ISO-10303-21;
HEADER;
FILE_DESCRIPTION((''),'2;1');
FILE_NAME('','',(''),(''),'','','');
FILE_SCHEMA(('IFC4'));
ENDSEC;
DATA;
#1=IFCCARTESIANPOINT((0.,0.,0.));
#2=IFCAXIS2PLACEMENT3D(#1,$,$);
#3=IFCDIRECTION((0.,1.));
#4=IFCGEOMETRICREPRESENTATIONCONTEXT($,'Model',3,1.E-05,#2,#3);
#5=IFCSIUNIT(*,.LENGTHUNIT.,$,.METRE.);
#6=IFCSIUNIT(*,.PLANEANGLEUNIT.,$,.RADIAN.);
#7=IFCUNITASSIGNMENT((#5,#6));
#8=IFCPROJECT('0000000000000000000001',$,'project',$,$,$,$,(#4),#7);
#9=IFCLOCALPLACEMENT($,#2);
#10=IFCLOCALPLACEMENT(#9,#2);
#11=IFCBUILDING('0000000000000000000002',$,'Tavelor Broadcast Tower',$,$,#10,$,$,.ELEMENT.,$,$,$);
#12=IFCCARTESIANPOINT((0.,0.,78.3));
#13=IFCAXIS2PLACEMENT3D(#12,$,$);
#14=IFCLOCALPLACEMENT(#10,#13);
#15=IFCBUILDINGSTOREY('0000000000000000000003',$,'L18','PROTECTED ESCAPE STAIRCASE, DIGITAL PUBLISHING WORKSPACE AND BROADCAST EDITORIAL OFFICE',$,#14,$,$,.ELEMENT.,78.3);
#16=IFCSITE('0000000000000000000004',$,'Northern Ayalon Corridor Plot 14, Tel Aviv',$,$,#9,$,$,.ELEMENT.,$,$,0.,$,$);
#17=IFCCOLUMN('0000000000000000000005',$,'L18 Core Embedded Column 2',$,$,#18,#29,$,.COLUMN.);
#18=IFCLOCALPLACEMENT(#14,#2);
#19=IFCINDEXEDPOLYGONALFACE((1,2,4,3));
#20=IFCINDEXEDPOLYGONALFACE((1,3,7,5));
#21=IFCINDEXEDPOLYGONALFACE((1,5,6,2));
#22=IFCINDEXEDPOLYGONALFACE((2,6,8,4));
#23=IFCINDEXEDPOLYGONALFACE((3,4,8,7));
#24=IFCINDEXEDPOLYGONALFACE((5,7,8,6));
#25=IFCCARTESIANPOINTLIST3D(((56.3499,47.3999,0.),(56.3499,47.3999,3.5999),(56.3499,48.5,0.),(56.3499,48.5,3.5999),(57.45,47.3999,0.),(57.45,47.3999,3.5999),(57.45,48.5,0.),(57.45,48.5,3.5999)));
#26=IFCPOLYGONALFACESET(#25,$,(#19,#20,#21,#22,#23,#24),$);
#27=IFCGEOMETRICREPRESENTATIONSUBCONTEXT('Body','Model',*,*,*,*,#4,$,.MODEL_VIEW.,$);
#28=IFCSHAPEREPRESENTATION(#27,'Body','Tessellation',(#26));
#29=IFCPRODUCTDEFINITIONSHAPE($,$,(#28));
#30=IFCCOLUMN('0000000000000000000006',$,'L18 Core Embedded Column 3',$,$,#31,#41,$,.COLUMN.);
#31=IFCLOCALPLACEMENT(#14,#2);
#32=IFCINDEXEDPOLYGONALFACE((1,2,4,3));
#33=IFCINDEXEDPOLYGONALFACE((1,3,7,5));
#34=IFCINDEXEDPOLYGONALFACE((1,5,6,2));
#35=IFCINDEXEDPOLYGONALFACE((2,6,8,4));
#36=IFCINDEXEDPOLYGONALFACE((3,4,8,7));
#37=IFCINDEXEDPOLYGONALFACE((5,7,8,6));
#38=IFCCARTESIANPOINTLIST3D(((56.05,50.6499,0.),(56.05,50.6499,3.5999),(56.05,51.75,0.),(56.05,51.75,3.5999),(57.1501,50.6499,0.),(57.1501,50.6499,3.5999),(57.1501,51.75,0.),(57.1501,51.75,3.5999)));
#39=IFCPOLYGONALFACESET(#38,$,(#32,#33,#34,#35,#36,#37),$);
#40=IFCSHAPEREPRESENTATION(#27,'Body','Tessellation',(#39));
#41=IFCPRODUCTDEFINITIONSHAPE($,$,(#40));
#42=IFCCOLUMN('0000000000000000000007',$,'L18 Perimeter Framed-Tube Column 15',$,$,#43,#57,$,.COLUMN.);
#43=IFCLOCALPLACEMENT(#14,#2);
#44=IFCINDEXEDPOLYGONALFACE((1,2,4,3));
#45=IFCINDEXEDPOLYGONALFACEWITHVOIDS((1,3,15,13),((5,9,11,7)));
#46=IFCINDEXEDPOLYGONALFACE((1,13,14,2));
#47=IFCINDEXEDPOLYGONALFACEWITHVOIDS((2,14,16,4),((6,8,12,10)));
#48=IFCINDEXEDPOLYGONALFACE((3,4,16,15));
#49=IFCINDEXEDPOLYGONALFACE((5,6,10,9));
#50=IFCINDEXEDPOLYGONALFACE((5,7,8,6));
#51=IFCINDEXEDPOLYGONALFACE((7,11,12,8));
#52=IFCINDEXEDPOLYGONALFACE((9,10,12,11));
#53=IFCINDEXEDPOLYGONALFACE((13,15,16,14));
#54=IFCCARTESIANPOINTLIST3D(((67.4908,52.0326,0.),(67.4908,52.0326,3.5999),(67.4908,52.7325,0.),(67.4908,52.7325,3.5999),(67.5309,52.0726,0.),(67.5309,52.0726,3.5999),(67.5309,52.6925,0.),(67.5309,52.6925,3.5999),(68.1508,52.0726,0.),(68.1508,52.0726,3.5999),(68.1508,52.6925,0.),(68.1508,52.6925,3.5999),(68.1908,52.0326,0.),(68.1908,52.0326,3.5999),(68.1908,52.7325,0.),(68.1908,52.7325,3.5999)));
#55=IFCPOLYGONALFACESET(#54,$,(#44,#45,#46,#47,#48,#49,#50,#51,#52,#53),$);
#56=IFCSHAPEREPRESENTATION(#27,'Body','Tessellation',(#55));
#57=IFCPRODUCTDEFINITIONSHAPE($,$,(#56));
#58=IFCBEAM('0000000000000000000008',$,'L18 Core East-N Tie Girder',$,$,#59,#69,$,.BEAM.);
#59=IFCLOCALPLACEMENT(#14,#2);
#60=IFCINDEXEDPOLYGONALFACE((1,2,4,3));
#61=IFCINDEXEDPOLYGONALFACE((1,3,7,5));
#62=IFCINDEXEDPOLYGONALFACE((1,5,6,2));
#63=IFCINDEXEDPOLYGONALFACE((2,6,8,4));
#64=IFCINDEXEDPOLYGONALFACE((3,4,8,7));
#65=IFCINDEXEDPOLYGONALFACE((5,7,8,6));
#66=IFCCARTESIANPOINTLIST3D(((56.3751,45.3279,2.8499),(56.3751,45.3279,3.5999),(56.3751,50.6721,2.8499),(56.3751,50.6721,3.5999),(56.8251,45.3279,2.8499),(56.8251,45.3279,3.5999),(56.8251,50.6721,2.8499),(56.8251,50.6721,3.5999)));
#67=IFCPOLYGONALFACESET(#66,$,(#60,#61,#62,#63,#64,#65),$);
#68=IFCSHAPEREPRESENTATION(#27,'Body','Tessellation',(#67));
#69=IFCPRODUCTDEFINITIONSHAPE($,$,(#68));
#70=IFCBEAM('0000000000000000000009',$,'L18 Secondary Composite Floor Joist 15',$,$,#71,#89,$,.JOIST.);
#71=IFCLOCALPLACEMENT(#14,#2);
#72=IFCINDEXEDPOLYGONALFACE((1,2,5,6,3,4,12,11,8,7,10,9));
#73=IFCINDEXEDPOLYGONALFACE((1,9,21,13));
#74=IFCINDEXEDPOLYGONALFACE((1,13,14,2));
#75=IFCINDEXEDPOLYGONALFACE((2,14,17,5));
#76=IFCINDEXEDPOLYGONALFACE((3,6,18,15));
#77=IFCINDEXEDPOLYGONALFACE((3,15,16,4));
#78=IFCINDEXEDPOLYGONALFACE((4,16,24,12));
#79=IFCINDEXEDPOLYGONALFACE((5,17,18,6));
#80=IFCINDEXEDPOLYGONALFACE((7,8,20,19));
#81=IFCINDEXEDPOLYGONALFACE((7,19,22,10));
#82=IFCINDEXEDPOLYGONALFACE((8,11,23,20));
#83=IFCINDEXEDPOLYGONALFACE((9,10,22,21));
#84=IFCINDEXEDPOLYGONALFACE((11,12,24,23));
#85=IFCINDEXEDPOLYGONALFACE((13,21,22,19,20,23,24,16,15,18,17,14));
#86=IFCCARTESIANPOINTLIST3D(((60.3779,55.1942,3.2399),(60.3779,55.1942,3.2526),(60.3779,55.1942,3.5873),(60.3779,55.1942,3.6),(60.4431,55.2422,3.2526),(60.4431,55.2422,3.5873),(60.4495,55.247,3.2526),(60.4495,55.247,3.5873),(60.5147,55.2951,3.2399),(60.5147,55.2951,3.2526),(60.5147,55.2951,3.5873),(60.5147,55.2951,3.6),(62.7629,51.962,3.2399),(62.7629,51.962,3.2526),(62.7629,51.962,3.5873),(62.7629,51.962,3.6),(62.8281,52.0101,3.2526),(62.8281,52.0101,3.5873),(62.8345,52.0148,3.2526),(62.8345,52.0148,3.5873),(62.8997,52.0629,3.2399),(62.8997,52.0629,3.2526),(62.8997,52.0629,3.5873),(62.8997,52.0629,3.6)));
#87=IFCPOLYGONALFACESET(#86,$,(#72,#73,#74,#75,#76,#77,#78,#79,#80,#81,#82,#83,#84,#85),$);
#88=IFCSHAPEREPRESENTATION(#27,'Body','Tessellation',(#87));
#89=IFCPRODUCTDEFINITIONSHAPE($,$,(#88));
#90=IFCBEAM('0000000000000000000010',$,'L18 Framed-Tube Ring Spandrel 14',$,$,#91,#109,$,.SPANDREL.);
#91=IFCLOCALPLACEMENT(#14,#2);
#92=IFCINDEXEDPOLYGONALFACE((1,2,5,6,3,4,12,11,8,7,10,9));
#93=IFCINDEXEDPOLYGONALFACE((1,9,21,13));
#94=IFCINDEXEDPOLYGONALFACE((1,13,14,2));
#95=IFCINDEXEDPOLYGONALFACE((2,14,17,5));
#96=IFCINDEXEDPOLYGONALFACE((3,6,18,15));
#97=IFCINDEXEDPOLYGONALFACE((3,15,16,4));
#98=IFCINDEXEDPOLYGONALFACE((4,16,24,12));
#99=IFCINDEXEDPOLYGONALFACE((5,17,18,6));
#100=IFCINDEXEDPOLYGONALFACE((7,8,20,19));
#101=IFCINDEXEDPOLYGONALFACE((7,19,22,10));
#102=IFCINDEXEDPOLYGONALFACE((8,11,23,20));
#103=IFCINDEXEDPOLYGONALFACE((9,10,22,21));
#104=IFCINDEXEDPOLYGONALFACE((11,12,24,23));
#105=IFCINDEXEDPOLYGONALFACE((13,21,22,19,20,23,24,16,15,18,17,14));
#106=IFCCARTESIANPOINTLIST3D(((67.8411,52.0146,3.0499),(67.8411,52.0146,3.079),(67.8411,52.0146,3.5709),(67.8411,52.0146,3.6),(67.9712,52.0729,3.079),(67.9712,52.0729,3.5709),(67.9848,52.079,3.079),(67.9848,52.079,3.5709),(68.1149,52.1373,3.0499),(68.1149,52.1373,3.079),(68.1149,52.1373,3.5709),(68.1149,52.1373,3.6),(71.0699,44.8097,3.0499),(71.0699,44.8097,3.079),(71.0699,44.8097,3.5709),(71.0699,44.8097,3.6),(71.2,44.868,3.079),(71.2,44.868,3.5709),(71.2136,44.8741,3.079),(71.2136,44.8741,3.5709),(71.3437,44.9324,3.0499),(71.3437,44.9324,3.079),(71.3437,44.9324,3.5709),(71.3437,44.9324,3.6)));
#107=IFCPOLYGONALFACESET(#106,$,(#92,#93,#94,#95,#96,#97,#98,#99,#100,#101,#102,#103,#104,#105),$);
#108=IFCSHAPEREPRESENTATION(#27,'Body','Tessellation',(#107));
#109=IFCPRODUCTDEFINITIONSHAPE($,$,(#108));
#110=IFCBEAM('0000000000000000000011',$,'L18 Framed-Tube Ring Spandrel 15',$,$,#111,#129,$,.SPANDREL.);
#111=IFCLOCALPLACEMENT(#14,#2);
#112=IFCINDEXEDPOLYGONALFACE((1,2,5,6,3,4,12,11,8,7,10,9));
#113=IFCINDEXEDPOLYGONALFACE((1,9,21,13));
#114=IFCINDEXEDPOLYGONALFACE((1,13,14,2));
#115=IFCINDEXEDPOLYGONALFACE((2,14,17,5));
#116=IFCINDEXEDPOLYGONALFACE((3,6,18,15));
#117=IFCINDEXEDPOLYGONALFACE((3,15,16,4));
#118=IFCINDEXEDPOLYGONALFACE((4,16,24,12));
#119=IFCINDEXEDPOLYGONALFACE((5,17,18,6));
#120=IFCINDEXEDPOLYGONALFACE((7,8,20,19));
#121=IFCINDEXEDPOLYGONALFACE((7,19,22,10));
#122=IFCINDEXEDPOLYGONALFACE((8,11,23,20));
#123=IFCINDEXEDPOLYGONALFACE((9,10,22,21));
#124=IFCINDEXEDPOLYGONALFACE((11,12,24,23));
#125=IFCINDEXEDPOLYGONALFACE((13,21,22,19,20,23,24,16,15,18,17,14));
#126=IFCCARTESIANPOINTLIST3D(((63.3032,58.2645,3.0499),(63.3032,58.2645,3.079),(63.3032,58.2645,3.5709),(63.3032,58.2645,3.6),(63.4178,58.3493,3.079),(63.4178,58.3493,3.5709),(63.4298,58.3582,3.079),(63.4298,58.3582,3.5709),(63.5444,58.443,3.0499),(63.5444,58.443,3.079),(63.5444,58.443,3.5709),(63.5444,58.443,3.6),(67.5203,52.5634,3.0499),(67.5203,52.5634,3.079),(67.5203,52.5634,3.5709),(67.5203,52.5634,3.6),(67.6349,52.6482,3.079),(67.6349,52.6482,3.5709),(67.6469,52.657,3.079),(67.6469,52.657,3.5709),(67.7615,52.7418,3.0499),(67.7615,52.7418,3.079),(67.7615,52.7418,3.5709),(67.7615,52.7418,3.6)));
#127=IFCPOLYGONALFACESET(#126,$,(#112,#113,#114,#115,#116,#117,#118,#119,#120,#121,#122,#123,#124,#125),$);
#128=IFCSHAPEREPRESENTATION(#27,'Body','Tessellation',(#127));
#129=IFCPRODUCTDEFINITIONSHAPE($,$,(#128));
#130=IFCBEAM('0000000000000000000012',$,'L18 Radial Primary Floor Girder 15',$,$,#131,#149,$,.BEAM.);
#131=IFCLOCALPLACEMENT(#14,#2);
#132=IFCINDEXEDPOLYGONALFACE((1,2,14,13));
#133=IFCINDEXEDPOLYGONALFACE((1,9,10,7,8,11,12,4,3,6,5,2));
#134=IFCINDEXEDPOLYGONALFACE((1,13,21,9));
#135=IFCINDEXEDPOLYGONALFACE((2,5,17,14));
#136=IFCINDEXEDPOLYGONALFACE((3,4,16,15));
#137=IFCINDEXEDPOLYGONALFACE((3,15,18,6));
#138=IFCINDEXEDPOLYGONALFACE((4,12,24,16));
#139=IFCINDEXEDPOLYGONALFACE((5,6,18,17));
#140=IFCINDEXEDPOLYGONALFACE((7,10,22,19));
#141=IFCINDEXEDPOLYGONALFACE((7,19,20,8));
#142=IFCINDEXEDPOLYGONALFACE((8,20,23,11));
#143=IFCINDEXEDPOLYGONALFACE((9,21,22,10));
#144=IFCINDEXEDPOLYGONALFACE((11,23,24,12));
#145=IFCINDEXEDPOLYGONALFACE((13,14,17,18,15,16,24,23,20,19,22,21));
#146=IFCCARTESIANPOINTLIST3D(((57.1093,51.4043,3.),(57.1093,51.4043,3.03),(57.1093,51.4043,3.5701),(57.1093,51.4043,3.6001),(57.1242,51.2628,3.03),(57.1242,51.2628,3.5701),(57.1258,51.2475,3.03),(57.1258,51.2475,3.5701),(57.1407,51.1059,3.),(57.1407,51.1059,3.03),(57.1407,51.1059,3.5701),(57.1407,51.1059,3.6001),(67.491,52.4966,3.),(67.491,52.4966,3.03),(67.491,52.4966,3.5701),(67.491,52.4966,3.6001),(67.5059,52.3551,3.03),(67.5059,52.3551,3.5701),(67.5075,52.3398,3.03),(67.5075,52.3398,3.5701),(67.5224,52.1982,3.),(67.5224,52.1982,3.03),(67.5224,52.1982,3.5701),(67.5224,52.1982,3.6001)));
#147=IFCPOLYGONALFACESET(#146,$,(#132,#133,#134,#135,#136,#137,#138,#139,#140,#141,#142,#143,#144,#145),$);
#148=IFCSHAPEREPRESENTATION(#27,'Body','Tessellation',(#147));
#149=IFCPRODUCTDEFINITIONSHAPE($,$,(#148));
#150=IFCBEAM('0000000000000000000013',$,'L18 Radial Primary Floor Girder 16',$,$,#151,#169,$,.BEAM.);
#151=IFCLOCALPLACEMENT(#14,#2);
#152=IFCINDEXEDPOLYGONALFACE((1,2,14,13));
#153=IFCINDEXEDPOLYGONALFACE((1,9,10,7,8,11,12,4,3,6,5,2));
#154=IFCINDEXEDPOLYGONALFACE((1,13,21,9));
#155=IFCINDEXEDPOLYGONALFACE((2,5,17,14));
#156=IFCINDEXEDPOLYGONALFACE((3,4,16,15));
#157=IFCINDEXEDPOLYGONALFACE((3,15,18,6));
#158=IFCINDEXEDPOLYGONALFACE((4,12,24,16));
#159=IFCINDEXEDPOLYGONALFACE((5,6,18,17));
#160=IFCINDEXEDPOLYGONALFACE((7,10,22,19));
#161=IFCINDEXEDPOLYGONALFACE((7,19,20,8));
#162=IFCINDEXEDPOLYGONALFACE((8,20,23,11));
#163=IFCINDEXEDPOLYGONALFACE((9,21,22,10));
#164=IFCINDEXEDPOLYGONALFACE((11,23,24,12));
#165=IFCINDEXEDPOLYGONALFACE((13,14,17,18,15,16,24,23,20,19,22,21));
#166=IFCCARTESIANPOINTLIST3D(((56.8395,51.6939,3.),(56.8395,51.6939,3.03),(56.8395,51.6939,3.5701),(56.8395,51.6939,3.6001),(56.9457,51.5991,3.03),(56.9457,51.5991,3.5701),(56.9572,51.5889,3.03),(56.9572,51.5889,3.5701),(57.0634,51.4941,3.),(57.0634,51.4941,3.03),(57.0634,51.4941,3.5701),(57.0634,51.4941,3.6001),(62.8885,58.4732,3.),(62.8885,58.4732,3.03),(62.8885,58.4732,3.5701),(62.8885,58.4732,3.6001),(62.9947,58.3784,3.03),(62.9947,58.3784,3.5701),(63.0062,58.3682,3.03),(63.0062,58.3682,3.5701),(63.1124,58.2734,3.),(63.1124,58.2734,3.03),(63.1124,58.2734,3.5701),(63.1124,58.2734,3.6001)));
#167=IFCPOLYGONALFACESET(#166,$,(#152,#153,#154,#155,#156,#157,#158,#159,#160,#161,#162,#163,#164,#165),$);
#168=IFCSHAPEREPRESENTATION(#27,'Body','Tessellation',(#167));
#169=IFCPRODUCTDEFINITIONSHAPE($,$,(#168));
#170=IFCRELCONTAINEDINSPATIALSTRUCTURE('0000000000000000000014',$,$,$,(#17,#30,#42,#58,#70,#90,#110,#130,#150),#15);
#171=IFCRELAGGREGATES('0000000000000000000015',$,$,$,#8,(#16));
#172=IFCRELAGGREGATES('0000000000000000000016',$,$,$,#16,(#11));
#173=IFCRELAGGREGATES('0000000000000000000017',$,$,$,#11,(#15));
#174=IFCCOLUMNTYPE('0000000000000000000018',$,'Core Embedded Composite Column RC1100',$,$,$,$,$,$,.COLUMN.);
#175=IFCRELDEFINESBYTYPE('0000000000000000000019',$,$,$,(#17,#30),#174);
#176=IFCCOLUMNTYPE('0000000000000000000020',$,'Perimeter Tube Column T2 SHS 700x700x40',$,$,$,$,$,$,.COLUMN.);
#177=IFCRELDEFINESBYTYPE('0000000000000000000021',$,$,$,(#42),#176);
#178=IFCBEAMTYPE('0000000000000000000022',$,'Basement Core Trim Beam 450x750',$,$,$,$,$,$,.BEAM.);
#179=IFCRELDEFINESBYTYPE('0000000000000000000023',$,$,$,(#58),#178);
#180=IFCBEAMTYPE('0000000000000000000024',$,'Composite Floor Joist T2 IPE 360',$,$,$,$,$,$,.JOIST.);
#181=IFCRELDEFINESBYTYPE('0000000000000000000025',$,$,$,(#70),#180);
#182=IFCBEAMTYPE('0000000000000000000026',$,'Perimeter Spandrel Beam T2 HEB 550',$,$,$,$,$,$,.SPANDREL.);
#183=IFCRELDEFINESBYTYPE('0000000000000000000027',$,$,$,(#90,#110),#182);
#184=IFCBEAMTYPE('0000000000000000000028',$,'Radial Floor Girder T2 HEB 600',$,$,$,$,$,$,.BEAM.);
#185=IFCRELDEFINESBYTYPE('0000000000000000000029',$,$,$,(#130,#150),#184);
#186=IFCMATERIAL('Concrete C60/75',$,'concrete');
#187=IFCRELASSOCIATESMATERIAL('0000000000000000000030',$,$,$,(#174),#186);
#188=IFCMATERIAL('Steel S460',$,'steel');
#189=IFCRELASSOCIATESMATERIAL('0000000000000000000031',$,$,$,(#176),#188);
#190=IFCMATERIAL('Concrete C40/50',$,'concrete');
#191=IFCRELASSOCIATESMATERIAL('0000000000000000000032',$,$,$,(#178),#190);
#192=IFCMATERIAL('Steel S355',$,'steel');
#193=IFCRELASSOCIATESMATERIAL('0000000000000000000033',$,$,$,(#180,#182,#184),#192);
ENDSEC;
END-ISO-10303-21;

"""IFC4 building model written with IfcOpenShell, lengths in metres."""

from ifc_helpers import new_model, si_unit, direction, frame, origin, origin_2d, place, context, subcontext, project, spatial, rectangle, hollow_rectangle, i_section, extrude, material, material_profile, profile_set, type_object, element, save


model = new_model("IFC4")

# Units and contexts
model_context = context("Model", 3, precision=1e-05, world=origin(), true_north=direction((0.0, 1.0)))
body_context = subcontext(model_context, "Body", "Model", "MODEL_VIEW")
ifc_project = project(units=[si_unit("LENGTHUNIT", "METRE"), si_unit("PLANEANGLEUNIT", "RADIAN")], contexts=[model_context])

# Site, building, storey
site_placement = place(None, origin())
site = spatial("IfcSite", under=ifc_project, at=site_placement, Name="Northern Ayalon Corridor Plot 14, Tel Aviv", CompositionType="ELEMENT", RefElevation=0.0)
building_placement = place(site_placement, origin())
building = spatial("IfcBuilding", under=site, at=building_placement, Name="Tavelor Broadcast Tower", CompositionType="ELEMENT")
storey_placement = place(building_placement, frame((0.0, 0.0, 78.3)))
storey = spatial("IfcBuildingStorey", under=building, at=storey_placement, Name="L18", Description="PROTECTED ESCAPE STAIRCASE, DIGITAL PUBLISHING WORKSPACE AND BROADCAST EDITORIAL OFFICE", CompositionType="ELEMENT", Elevation=78.3)

# Columns
ifc_material_1 = material(Name="Concrete C60/75", Category="concrete")
ifc_material_profile_1 = material_profile(ifc_material_1, rectangle(XDim=1.1001, YDim=1.1001, at=origin_2d()), Name="RC 1100x1100")
ifc_profile_set_1 = profile_set([ifc_material_profile_1], Name="Concrete C60/75")
column_type_1 = type_object("IfcColumnType", Name="Core Embedded Composite Column RC1100", PredefinedType="COLUMN", material=ifc_profile_set_1)
for number, where, z_axis, x_axis, name in (
    (1, (56.8999, 47.95, 0.0), (0.0, 0.0, 1.0), (1.0, 0.0, 0.0), "L18 Core Embedded Column 2"),
    (2, (56.6001, 51.2, 0.0), (0.0, 0.0, 1.0), (1.0, 0.0, 0.0), "L18 Core Embedded Column 3"),
):
    element("IfcColumn", number, at=place(storey_placement, frame(where, z_axis=z_axis, x_axis=x_axis)), inside=storey, type_object=column_type_1, Name=name, PredefinedType="COLUMN", context=body_context, shape_type="SweptSolid", body=[
        extrude(rectangle(XDim=1.1001, YDim=1.1001, at=origin_2d()), origin(), (0.0, 0.0, 1.0), 3.5999),
    ])
ifc_material_2 = material(Name="Steel S460", Category="steel")
ifc_material_profile_2 = material_profile(ifc_material_2, hollow_rectangle(XDim=0.7, YDim=0.7, WallThickness=0.04, at=origin_2d()), Name="SHS 700x700x40")
ifc_profile_set_2 = profile_set([ifc_material_profile_2], Name="Steel S460")
column_type_2 = type_object("IfcColumnType", Name="Perimeter Tube Column T2 SHS 700x700x40", PredefinedType="COLUMN", material=ifc_profile_set_2)
column_placement = place(storey_placement, frame((67.8408, 52.3826, 0.0), z_axis=(0.0, 0.0, 1.0), x_axis=(1.0, 0.0, 0.0)))
element("IfcColumn", 3, at=column_placement, inside=storey, type_object=column_type_2, Name="L18 Perimeter Framed-Tube Column 15", PredefinedType="COLUMN", context=body_context, shape_type="SweptSolid", body=[
    extrude(hollow_rectangle(XDim=0.7, YDim=0.7, WallThickness=0.04, at=origin_2d()), origin(), (0.0, 0.0, 1.0), 3.5999),
])

# Beams
ifc_material_3 = material(Name="Concrete C40/50", Category="concrete")
ifc_material_profile_3 = material_profile(ifc_material_3, rectangle(XDim=0.45, YDim=0.75, at=origin_2d()), Name="RC 450x750")
ifc_profile_set_3 = profile_set([ifc_material_profile_3], Name="Concrete C40/50")
beam_type_1 = type_object("IfcBeamType", Name="Basement Core Trim Beam 450x750", PredefinedType="BEAM", material=ifc_profile_set_3)
beam_1_placement = place(storey_placement, frame((56.6001, 45.3279, 3.2249), z_axis=(0.0, 1.0, 0.0), x_axis=(-1.0, 0.0, 0.0)))
element("IfcBeam", 4, at=beam_1_placement, inside=storey, type_object=beam_type_1, Name="L18 Core East-N Tie Girder", PredefinedType="BEAM", context=body_context, shape_type="SweptSolid", body=[
    extrude(rectangle(XDim=0.45, YDim=0.75, at=origin_2d()), origin(), (0.0, 0.0, 1.0), 5.3442),
])
ifc_material_4 = material(Name="Steel S355", Category="steel")
ifc_material_profile_4 = material_profile(ifc_material_4, i_section(OverallWidth=0.1699, OverallDepth=0.3601, WebThickness=0.0081, FlangeThickness=0.0127, at=origin_2d()), Name="IPE 360")
ifc_profile_set_4 = profile_set([ifc_material_profile_4], Name="Steel S355")
beam_type_2 = type_object("IfcBeamType", Name="Composite Floor Joist T2 IPE 360", PredefinedType="JOIST", material=ifc_profile_set_4)
beam_2_placement = place(storey_placement, frame((62.8313, 52.0125, 3.4199), z_axis=(-0.593748, 0.804651, 0.0), x_axis=(-0.804651, -0.593748, 0.0)))
element("IfcBeam", 5, at=beam_2_placement, inside=storey, type_object=beam_type_2, Name="L18 Secondary Composite Floor Joist 15", PredefinedType="JOIST", context=body_context, shape_type="SweptSolid", body=[
    extrude(i_section(OverallWidth=0.1699, OverallDepth=0.3601, WebThickness=0.0081, FlangeThickness=0.0127, at=origin_2d()), origin(), (0.0, 0.0, 1.0), 4.0168),
])
ifc_material_profile_5 = material_profile(ifc_material_4, i_section(OverallWidth=0.3, OverallDepth=0.55, WebThickness=0.0149, FlangeThickness=0.0291, at=origin_2d()), Name="HEB 550")
ifc_profile_set_5 = profile_set([ifc_material_profile_5], Name="Steel S355")
beam_type_3 = type_object("IfcBeamType", Name="Perimeter Spandrel Beam T2 HEB 550", PredefinedType="SPANDREL", material=ifc_profile_set_5)
beam_3_placement = place(storey_placement, frame((71.2068, 44.8711, 3.325), z_axis=(-0.408951, 0.912556, 0.0), x_axis=(-0.912556, -0.408951, 0.0)))
element("IfcBeam", 6, at=beam_3_placement, inside=storey, type_object=beam_type_3, Name="L18 Framed-Tube Ring Spandrel 14", PredefinedType="SPANDREL", context=body_context, shape_type="SweptSolid", body=[
    extrude(i_section(OverallWidth=0.3, OverallDepth=0.55, WebThickness=0.0149, FlangeThickness=0.0291, at=origin_2d()), origin(), (0.0, 0.0, 1.0), 7.8953),
])
beam_4_placement = place(storey_placement, frame((67.6409, 52.6526, 3.325), z_axis=(-0.594677, 0.803965, 0.0), x_axis=(-0.803965, -0.594677, 0.0)))
element("IfcBeam", 7, at=beam_4_placement, inside=storey, type_object=beam_type_3, Name="L18 Framed-Tube Ring Spandrel 15", PredefinedType="SPANDREL", context=body_context, shape_type="SweptSolid", body=[
    extrude(i_section(OverallWidth=0.3, OverallDepth=0.55, WebThickness=0.0149, FlangeThickness=0.0291, at=origin_2d()), origin(), (0.0, 0.0, 1.0), 7.0913),
])
ifc_material_profile_6 = material_profile(ifc_material_4, i_section(OverallWidth=0.3, OverallDepth=0.6001, WebThickness=0.0154, FlangeThickness=0.03, at=origin_2d()), Name="HEB 600")
ifc_profile_set_6 = profile_set([ifc_material_profile_6], Name="Steel S355")
beam_type_4 = type_object("IfcBeamType", Name="Radial Floor Girder T2 HEB 600", PredefinedType="BEAM", material=ifc_profile_set_6)
beam_5_placement = place(storey_placement, frame((57.125, 51.2551, 3.3), z_axis=(0.994511, 0.104636, 0.0), x_axis=(-0.104636, 0.994511, 0.0)))
element("IfcBeam", 8, at=beam_5_placement, inside=storey, type_object=beam_type_4, Name="L18 Radial Primary Floor Girder 15", PredefinedType="BEAM", context=body_context, shape_type="SweptSolid", body=[
    extrude(i_section(OverallWidth=0.3, OverallDepth=0.6001, WebThickness=0.0154, FlangeThickness=0.03, at=origin_2d()), origin(), (0.0, 0.0, 1.0), 10.439),
])
beam_6_placement = place(storey_placement, frame((56.9514, 51.594, 3.3), z_axis=(0.665779, 0.746149, 0.0), x_axis=(-0.746149, 0.665779, 0.0)))
element("IfcBeam", 9, at=beam_6_placement, inside=storey, type_object=beam_type_4, Name="L18 Radial Primary Floor Girder 16", PredefinedType="BEAM", context=body_context, shape_type="SweptSolid", body=[
    extrude(i_section(OverallWidth=0.3, OverallDepth=0.6001, WebThickness=0.0154, FlangeThickness=0.03, at=origin_2d()), origin(), (0.0, 0.0, 1.0), 9.0857),
])

save(model, "model.ifc")
